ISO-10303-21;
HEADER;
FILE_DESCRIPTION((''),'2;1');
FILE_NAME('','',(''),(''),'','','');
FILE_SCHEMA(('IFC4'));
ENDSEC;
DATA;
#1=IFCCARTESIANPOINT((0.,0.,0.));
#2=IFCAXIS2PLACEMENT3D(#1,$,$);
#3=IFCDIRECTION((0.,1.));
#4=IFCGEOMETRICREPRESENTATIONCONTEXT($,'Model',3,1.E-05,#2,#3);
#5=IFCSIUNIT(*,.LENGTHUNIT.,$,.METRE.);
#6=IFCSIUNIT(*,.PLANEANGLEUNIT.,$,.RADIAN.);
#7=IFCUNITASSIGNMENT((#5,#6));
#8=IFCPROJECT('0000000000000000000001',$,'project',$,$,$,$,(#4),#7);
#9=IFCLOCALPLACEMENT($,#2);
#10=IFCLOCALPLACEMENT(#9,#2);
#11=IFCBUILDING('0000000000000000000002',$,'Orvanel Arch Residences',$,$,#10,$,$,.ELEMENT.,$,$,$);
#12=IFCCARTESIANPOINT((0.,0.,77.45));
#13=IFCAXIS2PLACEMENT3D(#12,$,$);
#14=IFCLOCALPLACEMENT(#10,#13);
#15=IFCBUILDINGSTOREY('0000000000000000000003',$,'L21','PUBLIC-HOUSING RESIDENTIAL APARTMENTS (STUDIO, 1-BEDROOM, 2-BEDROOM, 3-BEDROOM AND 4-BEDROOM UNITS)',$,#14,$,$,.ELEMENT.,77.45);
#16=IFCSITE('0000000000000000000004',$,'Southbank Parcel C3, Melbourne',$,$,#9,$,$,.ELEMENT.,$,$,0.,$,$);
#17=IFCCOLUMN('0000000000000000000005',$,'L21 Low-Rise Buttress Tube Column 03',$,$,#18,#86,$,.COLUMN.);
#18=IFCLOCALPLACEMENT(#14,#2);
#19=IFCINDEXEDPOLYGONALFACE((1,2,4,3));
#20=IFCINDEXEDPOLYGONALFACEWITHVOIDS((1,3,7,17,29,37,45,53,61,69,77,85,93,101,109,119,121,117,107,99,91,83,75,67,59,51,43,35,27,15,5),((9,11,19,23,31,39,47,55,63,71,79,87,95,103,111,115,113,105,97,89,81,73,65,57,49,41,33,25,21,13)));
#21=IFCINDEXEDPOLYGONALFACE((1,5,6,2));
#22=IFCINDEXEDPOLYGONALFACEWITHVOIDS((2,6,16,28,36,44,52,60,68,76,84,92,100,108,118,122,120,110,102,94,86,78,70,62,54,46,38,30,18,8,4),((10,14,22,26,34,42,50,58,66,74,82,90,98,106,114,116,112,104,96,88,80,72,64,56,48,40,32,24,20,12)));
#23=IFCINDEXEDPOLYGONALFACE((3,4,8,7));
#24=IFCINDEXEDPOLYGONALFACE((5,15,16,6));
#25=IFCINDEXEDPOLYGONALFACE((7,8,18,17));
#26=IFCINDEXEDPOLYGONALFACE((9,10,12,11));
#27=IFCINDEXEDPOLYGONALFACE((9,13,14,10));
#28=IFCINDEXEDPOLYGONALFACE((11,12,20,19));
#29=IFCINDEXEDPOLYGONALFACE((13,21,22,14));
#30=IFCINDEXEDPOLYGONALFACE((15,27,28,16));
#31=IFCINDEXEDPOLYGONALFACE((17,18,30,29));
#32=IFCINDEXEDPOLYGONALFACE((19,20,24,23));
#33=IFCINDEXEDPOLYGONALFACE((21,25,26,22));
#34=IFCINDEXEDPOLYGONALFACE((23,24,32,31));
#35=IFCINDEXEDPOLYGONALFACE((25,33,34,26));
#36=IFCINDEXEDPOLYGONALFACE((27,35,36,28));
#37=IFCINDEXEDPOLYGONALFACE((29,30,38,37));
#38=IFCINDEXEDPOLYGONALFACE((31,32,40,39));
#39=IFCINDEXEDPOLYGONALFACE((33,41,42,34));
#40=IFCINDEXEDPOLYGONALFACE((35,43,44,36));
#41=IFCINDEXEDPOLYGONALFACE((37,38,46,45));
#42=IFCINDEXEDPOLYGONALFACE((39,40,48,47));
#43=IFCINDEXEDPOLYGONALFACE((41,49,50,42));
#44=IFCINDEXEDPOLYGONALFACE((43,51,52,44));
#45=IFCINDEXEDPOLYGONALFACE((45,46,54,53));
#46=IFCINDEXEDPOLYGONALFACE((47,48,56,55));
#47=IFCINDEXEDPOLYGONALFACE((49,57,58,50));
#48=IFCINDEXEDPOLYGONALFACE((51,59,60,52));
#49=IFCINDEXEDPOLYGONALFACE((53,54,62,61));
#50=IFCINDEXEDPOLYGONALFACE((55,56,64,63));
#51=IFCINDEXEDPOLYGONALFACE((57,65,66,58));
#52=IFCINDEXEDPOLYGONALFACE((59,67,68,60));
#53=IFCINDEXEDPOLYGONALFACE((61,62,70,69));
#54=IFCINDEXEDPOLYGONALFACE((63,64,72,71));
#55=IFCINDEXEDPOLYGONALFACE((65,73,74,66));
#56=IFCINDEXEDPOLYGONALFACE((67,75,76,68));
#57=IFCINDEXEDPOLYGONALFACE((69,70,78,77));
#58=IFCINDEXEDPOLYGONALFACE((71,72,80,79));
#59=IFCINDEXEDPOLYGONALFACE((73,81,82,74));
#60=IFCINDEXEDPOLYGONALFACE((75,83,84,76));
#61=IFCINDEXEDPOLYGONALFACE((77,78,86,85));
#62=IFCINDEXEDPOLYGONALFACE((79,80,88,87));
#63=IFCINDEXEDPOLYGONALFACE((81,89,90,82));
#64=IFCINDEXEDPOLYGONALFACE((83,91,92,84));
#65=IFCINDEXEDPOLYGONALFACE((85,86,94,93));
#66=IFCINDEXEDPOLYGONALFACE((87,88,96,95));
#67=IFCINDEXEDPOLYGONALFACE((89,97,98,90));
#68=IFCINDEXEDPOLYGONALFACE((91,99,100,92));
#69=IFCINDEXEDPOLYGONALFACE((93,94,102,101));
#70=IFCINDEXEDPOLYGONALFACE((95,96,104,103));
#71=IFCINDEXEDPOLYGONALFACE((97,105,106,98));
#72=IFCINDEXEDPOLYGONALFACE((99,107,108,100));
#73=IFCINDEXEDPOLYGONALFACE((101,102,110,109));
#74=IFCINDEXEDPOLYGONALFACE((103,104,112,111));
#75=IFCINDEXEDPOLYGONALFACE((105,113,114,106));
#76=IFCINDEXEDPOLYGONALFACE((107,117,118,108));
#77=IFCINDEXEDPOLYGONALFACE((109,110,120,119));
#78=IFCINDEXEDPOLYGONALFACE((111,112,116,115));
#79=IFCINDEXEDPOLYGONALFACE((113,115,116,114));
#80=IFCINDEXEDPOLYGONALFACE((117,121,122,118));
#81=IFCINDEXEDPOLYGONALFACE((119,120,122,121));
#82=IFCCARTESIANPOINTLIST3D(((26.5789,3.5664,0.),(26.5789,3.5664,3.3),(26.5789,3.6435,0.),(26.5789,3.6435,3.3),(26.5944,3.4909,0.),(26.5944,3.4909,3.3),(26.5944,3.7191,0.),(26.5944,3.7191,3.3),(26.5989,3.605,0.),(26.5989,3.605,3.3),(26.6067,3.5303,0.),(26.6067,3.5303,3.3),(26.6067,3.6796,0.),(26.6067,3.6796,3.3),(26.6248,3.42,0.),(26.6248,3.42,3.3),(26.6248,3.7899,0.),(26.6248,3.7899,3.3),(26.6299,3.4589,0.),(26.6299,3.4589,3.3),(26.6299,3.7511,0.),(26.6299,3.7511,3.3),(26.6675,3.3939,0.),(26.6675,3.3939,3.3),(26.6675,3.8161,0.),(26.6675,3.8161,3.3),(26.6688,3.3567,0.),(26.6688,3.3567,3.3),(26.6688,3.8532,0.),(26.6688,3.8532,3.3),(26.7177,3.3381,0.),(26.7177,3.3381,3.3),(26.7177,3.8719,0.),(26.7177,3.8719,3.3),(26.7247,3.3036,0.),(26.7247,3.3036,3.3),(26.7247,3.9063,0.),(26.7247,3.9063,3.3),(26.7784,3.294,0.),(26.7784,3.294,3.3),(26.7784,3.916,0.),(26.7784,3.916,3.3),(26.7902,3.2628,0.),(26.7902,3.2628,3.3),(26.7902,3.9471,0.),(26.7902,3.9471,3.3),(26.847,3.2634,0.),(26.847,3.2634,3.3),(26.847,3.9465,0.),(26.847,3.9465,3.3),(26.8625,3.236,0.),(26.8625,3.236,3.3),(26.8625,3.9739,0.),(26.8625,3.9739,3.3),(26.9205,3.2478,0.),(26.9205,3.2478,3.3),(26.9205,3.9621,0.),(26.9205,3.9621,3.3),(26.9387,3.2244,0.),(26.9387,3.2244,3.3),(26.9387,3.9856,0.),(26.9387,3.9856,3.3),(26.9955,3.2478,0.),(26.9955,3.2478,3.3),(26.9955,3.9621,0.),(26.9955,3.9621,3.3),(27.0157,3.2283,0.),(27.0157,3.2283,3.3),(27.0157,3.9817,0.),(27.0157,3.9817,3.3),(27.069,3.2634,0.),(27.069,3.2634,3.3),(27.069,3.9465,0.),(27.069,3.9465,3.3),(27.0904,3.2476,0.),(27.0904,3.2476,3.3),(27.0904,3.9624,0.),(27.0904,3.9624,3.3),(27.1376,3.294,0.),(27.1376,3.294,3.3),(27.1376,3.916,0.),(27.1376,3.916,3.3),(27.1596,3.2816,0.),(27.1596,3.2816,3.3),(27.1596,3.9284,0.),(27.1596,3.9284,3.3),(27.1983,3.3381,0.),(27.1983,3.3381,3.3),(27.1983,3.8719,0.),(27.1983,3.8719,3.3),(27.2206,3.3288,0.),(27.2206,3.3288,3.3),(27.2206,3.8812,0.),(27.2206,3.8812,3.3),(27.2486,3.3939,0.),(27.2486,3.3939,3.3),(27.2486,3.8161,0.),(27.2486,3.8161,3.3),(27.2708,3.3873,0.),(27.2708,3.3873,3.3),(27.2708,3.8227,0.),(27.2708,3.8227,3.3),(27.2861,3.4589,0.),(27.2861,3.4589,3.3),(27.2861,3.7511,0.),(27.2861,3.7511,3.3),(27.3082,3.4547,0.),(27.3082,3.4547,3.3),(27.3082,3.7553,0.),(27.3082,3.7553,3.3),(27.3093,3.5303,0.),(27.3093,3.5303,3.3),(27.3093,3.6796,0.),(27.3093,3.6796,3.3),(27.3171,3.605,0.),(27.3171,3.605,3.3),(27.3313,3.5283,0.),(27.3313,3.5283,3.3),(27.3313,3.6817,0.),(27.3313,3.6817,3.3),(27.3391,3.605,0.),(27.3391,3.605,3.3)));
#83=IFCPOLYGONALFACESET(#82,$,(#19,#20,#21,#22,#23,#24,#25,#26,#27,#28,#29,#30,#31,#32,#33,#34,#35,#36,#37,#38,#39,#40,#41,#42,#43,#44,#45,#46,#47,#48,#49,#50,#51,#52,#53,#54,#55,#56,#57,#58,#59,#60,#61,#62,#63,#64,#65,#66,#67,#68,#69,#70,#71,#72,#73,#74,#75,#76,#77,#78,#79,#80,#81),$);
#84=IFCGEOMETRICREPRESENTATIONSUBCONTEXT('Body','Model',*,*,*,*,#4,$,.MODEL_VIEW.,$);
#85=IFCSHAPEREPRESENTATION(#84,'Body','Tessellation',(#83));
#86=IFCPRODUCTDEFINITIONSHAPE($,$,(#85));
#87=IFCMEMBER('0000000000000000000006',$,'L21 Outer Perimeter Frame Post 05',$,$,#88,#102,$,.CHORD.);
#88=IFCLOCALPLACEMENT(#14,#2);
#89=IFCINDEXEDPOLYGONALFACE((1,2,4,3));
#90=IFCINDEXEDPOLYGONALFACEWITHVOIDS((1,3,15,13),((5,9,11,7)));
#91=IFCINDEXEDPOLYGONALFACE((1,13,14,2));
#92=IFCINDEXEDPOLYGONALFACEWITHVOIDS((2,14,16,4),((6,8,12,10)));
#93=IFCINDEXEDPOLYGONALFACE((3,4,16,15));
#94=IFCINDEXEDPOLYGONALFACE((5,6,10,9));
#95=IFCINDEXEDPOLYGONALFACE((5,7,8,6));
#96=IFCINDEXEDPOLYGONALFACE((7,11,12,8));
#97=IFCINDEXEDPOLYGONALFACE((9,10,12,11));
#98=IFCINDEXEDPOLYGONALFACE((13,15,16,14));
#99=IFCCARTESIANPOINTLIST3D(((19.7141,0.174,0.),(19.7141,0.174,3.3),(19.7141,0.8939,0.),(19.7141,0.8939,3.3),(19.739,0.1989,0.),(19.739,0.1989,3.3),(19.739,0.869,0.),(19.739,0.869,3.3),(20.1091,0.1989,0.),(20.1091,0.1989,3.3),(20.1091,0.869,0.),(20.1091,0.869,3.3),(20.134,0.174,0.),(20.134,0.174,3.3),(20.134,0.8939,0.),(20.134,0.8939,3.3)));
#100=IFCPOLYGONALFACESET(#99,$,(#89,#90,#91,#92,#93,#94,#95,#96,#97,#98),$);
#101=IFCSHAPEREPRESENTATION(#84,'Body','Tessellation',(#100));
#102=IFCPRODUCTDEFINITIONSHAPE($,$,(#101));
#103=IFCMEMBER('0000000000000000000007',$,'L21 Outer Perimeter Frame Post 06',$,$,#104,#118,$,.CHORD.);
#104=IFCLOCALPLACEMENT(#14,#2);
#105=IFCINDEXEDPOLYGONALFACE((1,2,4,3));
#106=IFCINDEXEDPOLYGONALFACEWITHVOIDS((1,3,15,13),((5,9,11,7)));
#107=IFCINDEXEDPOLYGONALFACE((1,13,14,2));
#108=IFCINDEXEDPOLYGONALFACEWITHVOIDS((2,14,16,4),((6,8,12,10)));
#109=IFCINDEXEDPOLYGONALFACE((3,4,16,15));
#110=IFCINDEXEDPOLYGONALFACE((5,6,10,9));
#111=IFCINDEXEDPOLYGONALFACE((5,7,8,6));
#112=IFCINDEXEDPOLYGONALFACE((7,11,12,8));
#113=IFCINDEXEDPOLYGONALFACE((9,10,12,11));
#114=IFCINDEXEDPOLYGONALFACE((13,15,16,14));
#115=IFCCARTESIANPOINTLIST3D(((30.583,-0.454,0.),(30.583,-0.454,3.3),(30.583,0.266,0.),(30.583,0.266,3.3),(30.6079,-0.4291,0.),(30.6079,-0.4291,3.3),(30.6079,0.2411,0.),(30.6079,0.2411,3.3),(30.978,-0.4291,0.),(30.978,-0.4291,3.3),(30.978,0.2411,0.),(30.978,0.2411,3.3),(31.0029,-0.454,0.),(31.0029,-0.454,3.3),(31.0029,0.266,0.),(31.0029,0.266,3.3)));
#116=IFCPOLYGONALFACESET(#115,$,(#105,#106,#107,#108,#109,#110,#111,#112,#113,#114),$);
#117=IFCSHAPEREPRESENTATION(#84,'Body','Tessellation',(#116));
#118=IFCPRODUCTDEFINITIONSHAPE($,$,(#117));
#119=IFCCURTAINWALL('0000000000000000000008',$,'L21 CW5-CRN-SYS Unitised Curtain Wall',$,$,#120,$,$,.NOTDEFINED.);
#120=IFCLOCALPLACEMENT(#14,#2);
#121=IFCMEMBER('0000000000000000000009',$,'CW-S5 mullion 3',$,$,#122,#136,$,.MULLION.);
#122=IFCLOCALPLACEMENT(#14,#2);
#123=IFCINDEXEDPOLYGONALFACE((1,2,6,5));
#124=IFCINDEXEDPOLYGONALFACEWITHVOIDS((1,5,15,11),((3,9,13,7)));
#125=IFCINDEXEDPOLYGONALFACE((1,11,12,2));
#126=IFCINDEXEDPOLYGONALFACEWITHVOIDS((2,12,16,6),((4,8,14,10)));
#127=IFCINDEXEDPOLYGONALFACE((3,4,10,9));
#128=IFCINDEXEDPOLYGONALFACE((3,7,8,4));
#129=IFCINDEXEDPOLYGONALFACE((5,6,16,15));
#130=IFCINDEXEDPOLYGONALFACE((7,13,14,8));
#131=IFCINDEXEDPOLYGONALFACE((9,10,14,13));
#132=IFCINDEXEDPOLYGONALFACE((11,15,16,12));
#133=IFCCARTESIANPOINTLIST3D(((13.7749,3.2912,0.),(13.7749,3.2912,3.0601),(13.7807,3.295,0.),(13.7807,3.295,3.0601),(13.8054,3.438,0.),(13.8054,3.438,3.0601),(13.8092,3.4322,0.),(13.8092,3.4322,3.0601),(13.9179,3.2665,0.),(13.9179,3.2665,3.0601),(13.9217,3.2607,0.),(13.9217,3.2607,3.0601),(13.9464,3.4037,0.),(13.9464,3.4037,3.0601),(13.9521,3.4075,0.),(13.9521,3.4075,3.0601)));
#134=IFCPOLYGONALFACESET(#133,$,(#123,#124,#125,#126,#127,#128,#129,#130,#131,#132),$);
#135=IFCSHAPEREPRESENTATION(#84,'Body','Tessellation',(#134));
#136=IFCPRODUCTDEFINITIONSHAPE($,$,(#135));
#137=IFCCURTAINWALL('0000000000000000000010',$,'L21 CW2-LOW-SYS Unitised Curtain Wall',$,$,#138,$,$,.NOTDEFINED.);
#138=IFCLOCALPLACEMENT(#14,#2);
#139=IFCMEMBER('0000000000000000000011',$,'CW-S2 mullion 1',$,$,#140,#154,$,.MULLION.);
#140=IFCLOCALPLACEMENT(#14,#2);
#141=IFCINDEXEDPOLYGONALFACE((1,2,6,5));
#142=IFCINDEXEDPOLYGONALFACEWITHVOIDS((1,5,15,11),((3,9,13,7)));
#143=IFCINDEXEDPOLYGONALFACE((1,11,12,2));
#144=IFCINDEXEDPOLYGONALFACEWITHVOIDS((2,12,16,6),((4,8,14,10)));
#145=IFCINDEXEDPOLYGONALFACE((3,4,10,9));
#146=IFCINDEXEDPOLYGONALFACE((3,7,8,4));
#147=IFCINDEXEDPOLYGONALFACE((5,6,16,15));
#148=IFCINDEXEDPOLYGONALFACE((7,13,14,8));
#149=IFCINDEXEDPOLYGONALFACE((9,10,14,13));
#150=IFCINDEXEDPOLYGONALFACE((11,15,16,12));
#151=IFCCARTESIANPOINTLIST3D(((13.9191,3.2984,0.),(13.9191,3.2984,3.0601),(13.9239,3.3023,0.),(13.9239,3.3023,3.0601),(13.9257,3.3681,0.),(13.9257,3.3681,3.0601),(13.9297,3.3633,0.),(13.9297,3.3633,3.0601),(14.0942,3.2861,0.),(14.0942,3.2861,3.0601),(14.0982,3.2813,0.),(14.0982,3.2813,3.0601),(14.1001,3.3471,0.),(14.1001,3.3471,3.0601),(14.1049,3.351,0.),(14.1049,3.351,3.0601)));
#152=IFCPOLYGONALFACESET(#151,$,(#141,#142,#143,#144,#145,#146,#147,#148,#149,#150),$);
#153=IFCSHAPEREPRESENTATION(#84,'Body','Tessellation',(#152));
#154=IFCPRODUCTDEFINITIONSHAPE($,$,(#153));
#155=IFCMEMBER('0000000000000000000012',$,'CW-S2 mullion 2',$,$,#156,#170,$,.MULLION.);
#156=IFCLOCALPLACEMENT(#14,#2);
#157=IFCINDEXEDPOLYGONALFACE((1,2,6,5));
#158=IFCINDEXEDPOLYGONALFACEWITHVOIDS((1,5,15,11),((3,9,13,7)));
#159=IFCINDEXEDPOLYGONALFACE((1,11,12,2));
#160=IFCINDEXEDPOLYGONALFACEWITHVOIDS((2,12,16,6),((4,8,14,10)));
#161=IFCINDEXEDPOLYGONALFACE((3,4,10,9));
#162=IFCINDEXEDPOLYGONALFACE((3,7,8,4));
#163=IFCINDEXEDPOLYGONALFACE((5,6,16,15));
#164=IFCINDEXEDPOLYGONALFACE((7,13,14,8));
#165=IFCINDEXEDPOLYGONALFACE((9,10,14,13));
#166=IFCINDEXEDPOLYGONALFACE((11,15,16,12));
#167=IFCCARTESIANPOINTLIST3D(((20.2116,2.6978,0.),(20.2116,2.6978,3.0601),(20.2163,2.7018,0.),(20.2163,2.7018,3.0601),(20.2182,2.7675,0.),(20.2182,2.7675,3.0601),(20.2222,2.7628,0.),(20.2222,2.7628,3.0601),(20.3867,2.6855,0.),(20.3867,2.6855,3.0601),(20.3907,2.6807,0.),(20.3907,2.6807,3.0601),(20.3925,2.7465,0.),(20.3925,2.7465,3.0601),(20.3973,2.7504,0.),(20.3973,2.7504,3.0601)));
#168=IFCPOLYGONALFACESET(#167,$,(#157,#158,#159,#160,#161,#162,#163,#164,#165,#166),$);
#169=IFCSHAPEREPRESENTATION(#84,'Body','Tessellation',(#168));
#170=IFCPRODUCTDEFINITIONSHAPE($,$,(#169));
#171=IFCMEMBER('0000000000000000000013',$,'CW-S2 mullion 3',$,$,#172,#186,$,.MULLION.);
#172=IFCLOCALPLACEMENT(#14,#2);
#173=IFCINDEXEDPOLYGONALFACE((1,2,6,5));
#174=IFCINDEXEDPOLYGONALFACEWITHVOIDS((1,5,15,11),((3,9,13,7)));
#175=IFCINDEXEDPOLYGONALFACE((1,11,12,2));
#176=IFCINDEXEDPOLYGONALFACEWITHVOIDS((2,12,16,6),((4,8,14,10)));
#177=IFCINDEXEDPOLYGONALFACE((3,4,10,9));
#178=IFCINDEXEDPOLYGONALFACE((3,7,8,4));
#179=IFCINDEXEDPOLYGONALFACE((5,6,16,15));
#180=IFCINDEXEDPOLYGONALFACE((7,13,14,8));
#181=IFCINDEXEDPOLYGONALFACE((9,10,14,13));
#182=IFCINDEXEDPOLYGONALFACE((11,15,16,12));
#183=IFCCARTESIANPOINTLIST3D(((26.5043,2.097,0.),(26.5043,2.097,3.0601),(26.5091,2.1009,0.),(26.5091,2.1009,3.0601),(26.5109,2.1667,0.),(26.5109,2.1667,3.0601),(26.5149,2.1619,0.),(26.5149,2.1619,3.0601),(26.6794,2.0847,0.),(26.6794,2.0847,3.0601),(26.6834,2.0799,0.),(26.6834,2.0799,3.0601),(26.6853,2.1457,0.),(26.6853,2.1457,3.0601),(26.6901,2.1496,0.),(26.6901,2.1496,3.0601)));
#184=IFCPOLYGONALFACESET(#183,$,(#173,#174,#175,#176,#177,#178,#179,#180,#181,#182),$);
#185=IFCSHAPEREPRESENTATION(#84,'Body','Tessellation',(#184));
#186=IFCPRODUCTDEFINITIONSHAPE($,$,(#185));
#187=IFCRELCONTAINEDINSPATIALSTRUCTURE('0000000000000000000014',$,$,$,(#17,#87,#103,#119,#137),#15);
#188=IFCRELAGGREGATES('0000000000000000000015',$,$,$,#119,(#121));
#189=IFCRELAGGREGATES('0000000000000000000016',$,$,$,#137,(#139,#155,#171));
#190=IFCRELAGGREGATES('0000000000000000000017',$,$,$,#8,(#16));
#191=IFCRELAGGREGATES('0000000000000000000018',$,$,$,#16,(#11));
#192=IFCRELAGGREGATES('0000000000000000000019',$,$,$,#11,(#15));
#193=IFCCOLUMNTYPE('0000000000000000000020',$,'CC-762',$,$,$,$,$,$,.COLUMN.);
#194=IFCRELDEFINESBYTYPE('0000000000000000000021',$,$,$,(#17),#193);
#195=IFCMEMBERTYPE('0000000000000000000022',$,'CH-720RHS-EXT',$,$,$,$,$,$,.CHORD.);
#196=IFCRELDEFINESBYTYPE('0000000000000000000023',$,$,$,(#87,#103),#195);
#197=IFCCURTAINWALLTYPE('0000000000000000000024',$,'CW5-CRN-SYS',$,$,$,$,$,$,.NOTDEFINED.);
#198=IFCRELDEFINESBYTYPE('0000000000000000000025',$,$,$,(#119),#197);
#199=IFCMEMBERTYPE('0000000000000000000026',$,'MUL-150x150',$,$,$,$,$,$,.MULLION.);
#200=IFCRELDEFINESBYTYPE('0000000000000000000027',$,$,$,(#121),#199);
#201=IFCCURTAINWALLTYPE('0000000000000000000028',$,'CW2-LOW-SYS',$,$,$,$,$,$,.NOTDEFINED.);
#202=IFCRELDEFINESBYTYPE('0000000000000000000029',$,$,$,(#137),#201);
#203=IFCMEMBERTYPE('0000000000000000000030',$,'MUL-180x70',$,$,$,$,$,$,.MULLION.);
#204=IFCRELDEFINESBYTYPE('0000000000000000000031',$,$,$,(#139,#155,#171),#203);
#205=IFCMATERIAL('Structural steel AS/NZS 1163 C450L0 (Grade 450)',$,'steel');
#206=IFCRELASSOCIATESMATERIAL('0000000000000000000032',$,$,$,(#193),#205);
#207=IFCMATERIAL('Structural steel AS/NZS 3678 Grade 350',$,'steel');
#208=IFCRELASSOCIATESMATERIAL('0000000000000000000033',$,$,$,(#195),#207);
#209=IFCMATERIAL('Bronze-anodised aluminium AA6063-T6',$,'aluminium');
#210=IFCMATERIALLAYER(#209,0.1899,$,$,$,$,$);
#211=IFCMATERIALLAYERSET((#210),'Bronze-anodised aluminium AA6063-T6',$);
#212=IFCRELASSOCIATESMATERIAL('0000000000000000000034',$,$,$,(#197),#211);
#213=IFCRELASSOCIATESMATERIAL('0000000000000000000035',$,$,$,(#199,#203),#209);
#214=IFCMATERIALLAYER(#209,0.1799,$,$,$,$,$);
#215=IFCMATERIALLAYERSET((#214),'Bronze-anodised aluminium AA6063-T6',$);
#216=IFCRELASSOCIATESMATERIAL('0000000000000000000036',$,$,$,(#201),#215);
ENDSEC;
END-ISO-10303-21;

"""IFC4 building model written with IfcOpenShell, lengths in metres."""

from ifc_helpers import new_model, si_unit, direction, frame, origin, origin_2d, place, context, subcontext, project, spatial, hollow_rectangle, hollow_circle, extrude, material, layer, layer_set, material_profile, profile_set, type_object, element, aggregate, save


model = new_model("IFC4")

# Units and contexts
model_context = context("Model", 3, precision=1e-05, world=origin(), true_north=direction((0.0, 1.0)))
body_context = subcontext(model_context, "Body", "Model", "MODEL_VIEW")
ifc_project = project(units=[si_unit("LENGTHUNIT", "METRE"), si_unit("PLANEANGLEUNIT", "RADIAN")], contexts=[model_context])

# Site, building, storey
site_placement = place(None, origin())
site = spatial("IfcSite", under=ifc_project, at=site_placement, Name="Southbank Parcel C3, Melbourne", CompositionType="ELEMENT", RefElevation=0.0)
building_placement = place(site_placement, origin())
building = spatial("IfcBuilding", under=site, at=building_placement, Name="Orvanel Arch Residences", CompositionType="ELEMENT")
storey_placement = place(building_placement, frame((0.0, 0.0, 77.45)))
storey = spatial("IfcBuildingStorey", under=building, at=storey_placement, Name="L21", Description="PUBLIC-HOUSING RESIDENTIAL APARTMENTS (STUDIO, 1-BEDROOM, 2-BEDROOM, 3-BEDROOM AND 4-BEDROOM UNITS)", CompositionType="ELEMENT", Elevation=77.45)

# Column
ifc_material_1 = material(Name="Structural steel AS/NZS 1163 C450L0 (Grade 450)", Category="steel")
ifc_material_profile_1 = material_profile(ifc_material_1, hollow_circle(Radius=0.3811, WallThickness=0.022, at=origin_2d()), Name="CHS762x22")
ifc_profile_set_1 = profile_set([ifc_material_profile_1], Name="Structural steel AS/NZS 1163 C450L0 (Grade 450)")
column_type = type_object("IfcColumnType", Name="CC-762", PredefinedType="COLUMN", material=ifc_profile_set_1)
column_placement = place(storey_placement, frame((26.958, 3.605, 0.0), z_axis=(0.0, 0.0, 1.0), x_axis=(1.0, 0.0, 0.0)))
element("IfcColumn", 1, at=column_placement, inside=storey, type_object=column_type, Name="L21 Low-Rise Buttress Tube Column 03", PredefinedType="COLUMN", context=body_context, shape_type="SweptSolid", body=[
    extrude(hollow_circle(Radius=0.3811, WallThickness=0.022, at=origin_2d()), origin(), (0.0, 0.0, 1.0), 3.3),
])

# Members
ifc_material_2 = material(Name="Structural steel AS/NZS 3678 Grade 350", Category="steel")
ifc_material_profile_2 = material_profile(ifc_material_2, hollow_rectangle(XDim=0.4199, YDim=0.72, WallThickness=0.0249, at=origin_2d()), Name="RHS720x420x25")
ifc_profile_set_2 = profile_set([ifc_material_profile_2], Name="Structural steel AS/NZS 3678 Grade 350")
member_type_1 = type_object("IfcMemberType", Name="CH-720RHS-EXT", PredefinedType="CHORD", material=ifc_profile_set_2)
for number, where, z_axis, x_axis, name in (
    (2, (19.9241, 0.5339, 0.0), (0.0, 0.0, 1.0), (1.0, 0.0, 0.0), "L21 Outer Perimeter Frame Post 05"),
    (3, (30.793, -0.094, 0.0), (0.0, 0.0, 1.0), (1.0, 0.0, 0.0), "L21 Outer Perimeter Frame Post 06"),
):
    element("IfcMember", number, at=place(storey_placement, frame(where, z_axis=z_axis, x_axis=x_axis)), inside=storey, type_object=member_type_1, Name=name, PredefinedType="CHORD", context=body_context, shape_type="SweptSolid", body=[
        extrude(hollow_rectangle(XDim=0.4199, YDim=0.72, WallThickness=0.0249, at=origin_2d()), origin(), (0.0, 0.0, 1.0), 3.3),
    ])

# Curtain wall, member
ifc_material_3 = material(Name="Bronze-anodised aluminium AA6063-T6", Category="aluminium")
ifc_layer_1 = layer(ifc_material_3, 0.1899)
ifc_layer_set_1 = layer_set([ifc_layer_1], Name="Bronze-anodised aluminium AA6063-T6")
curtain_wall_type_1 = type_object("IfcCurtainWallType", Name="CW5-CRN-SYS", PredefinedType="NOTDEFINED", material=ifc_layer_set_1)
curtain_wall_1_placement = place(storey_placement, origin())
curtain_wall_1 = element("IfcCurtainWall", 4, at=curtain_wall_1_placement, inside=storey, type_object=curtain_wall_type_1, Name="L21 CW5-CRN-SYS Unitised Curtain Wall", PredefinedType="NOTDEFINED")
ifc_material_profile_3 = material_profile(ifc_material_3, hollow_rectangle(XDim=0.1499, YDim=0.1499, WallThickness=0.0049, at=origin_2d()), Name="ALU150x150x5")
ifc_profile_set_3 = profile_set([ifc_material_profile_3], Name="Bronze-anodised aluminium AA6063-T6")
member_type_2 = type_object("IfcMemberType", Name="MUL-150x150", PredefinedType="MULLION", material=ifc_profile_set_3)
member_1_placement = place(storey_placement, frame((13.8635, 3.3494, 0.0), z_axis=(0.0, 0.0, 1.0), x_axis=(0.203284, 0.97912, 0.0)))
member_1 = element("IfcMember", 5, at=member_1_placement, type_object=member_type_2, Name="CW-S5 mullion 3", PredefinedType="MULLION", context=body_context, shape_type="SweptSolid", body=[
    extrude(hollow_rectangle(XDim=0.1499, YDim=0.1499, WallThickness=0.0049, at=origin_2d()), origin(), (0.0, 0.0, 1.0), 3.0601),
])
aggregate(curtain_wall_1, [member_1])

# Curtain wall, members
ifc_layer_2 = layer(ifc_material_3, 0.1799)
ifc_layer_set_2 = layer_set([ifc_layer_2], Name="Bronze-anodised aluminium AA6063-T6")
curtain_wall_type_2 = type_object("IfcCurtainWallType", Name="CW2-LOW-SYS", PredefinedType="NOTDEFINED", material=ifc_layer_set_2)
curtain_wall_2_placement = place(storey_placement, origin())
curtain_wall_2 = element("IfcCurtainWall", 6, at=curtain_wall_2_placement, inside=storey, type_object=curtain_wall_type_2, Name="L21 CW2-LOW-SYS Unitised Curtain Wall", PredefinedType="NOTDEFINED")
ifc_material_profile_4 = material_profile(ifc_material_3, hollow_rectangle(XDim=0.0701, YDim=0.1799, WallThickness=0.0044, at=origin_2d()), Name="ALU180x70x4.5")
ifc_profile_set_4 = profile_set([ifc_material_profile_4], Name="Bronze-anodised aluminium AA6063-T6")
member_type_3 = type_object("IfcMemberType", Name="MUL-180x70", PredefinedType="MULLION", material=ifc_profile_set_4)
member_2_placement = place(storey_placement, frame((14.012, 3.3247, 0.0), z_axis=(0.0, 0.0, 1.0), x_axis=(0.095024, 0.995475, 0.0)))
member_2 = element("IfcMember", 7, at=member_2_placement, type_object=member_type_3, Name="CW-S2 mullion 1", PredefinedType="MULLION", context=body_context, shape_type="SweptSolid", body=[
    extrude(hollow_rectangle(XDim=0.0701, YDim=0.1799, WallThickness=0.0044, at=origin_2d()), origin(), (0.0, 0.0, 1.0), 3.0601),
])
member_3_placement = place(storey_placement, frame((20.3044, 2.7241, 0.0), z_axis=(0.0, 0.0, 1.0), x_axis=(0.095024, 0.995475, 0.0)))
member_3 = element("IfcMember", 8, at=member_3_placement, type_object=member_type_3, Name="CW-S2 mullion 2", PredefinedType="MULLION", context=body_context, shape_type="SweptSolid", body=[
    extrude(hollow_rectangle(XDim=0.0701, YDim=0.1799, WallThickness=0.0044, at=origin_2d()), origin(), (0.0, 0.0, 1.0), 3.0601),
])
member_4_placement = place(storey_placement, frame((26.5972, 2.1233, 0.0), z_axis=(0.0, 0.0, 1.0), x_axis=(0.095024, 0.995475, 0.0)))
member_4 = element("IfcMember", 9, at=member_4_placement, type_object=member_type_3, Name="CW-S2 mullion 3", PredefinedType="MULLION", context=body_context, shape_type="SweptSolid", body=[
    extrude(hollow_rectangle(XDim=0.0701, YDim=0.1799, WallThickness=0.0044, at=origin_2d()), origin(), (0.0, 0.0, 1.0), 3.0601),
])

aggregate(curtain_wall_2, [member_2, member_3, member_4])

save(model, "model.ifc")
